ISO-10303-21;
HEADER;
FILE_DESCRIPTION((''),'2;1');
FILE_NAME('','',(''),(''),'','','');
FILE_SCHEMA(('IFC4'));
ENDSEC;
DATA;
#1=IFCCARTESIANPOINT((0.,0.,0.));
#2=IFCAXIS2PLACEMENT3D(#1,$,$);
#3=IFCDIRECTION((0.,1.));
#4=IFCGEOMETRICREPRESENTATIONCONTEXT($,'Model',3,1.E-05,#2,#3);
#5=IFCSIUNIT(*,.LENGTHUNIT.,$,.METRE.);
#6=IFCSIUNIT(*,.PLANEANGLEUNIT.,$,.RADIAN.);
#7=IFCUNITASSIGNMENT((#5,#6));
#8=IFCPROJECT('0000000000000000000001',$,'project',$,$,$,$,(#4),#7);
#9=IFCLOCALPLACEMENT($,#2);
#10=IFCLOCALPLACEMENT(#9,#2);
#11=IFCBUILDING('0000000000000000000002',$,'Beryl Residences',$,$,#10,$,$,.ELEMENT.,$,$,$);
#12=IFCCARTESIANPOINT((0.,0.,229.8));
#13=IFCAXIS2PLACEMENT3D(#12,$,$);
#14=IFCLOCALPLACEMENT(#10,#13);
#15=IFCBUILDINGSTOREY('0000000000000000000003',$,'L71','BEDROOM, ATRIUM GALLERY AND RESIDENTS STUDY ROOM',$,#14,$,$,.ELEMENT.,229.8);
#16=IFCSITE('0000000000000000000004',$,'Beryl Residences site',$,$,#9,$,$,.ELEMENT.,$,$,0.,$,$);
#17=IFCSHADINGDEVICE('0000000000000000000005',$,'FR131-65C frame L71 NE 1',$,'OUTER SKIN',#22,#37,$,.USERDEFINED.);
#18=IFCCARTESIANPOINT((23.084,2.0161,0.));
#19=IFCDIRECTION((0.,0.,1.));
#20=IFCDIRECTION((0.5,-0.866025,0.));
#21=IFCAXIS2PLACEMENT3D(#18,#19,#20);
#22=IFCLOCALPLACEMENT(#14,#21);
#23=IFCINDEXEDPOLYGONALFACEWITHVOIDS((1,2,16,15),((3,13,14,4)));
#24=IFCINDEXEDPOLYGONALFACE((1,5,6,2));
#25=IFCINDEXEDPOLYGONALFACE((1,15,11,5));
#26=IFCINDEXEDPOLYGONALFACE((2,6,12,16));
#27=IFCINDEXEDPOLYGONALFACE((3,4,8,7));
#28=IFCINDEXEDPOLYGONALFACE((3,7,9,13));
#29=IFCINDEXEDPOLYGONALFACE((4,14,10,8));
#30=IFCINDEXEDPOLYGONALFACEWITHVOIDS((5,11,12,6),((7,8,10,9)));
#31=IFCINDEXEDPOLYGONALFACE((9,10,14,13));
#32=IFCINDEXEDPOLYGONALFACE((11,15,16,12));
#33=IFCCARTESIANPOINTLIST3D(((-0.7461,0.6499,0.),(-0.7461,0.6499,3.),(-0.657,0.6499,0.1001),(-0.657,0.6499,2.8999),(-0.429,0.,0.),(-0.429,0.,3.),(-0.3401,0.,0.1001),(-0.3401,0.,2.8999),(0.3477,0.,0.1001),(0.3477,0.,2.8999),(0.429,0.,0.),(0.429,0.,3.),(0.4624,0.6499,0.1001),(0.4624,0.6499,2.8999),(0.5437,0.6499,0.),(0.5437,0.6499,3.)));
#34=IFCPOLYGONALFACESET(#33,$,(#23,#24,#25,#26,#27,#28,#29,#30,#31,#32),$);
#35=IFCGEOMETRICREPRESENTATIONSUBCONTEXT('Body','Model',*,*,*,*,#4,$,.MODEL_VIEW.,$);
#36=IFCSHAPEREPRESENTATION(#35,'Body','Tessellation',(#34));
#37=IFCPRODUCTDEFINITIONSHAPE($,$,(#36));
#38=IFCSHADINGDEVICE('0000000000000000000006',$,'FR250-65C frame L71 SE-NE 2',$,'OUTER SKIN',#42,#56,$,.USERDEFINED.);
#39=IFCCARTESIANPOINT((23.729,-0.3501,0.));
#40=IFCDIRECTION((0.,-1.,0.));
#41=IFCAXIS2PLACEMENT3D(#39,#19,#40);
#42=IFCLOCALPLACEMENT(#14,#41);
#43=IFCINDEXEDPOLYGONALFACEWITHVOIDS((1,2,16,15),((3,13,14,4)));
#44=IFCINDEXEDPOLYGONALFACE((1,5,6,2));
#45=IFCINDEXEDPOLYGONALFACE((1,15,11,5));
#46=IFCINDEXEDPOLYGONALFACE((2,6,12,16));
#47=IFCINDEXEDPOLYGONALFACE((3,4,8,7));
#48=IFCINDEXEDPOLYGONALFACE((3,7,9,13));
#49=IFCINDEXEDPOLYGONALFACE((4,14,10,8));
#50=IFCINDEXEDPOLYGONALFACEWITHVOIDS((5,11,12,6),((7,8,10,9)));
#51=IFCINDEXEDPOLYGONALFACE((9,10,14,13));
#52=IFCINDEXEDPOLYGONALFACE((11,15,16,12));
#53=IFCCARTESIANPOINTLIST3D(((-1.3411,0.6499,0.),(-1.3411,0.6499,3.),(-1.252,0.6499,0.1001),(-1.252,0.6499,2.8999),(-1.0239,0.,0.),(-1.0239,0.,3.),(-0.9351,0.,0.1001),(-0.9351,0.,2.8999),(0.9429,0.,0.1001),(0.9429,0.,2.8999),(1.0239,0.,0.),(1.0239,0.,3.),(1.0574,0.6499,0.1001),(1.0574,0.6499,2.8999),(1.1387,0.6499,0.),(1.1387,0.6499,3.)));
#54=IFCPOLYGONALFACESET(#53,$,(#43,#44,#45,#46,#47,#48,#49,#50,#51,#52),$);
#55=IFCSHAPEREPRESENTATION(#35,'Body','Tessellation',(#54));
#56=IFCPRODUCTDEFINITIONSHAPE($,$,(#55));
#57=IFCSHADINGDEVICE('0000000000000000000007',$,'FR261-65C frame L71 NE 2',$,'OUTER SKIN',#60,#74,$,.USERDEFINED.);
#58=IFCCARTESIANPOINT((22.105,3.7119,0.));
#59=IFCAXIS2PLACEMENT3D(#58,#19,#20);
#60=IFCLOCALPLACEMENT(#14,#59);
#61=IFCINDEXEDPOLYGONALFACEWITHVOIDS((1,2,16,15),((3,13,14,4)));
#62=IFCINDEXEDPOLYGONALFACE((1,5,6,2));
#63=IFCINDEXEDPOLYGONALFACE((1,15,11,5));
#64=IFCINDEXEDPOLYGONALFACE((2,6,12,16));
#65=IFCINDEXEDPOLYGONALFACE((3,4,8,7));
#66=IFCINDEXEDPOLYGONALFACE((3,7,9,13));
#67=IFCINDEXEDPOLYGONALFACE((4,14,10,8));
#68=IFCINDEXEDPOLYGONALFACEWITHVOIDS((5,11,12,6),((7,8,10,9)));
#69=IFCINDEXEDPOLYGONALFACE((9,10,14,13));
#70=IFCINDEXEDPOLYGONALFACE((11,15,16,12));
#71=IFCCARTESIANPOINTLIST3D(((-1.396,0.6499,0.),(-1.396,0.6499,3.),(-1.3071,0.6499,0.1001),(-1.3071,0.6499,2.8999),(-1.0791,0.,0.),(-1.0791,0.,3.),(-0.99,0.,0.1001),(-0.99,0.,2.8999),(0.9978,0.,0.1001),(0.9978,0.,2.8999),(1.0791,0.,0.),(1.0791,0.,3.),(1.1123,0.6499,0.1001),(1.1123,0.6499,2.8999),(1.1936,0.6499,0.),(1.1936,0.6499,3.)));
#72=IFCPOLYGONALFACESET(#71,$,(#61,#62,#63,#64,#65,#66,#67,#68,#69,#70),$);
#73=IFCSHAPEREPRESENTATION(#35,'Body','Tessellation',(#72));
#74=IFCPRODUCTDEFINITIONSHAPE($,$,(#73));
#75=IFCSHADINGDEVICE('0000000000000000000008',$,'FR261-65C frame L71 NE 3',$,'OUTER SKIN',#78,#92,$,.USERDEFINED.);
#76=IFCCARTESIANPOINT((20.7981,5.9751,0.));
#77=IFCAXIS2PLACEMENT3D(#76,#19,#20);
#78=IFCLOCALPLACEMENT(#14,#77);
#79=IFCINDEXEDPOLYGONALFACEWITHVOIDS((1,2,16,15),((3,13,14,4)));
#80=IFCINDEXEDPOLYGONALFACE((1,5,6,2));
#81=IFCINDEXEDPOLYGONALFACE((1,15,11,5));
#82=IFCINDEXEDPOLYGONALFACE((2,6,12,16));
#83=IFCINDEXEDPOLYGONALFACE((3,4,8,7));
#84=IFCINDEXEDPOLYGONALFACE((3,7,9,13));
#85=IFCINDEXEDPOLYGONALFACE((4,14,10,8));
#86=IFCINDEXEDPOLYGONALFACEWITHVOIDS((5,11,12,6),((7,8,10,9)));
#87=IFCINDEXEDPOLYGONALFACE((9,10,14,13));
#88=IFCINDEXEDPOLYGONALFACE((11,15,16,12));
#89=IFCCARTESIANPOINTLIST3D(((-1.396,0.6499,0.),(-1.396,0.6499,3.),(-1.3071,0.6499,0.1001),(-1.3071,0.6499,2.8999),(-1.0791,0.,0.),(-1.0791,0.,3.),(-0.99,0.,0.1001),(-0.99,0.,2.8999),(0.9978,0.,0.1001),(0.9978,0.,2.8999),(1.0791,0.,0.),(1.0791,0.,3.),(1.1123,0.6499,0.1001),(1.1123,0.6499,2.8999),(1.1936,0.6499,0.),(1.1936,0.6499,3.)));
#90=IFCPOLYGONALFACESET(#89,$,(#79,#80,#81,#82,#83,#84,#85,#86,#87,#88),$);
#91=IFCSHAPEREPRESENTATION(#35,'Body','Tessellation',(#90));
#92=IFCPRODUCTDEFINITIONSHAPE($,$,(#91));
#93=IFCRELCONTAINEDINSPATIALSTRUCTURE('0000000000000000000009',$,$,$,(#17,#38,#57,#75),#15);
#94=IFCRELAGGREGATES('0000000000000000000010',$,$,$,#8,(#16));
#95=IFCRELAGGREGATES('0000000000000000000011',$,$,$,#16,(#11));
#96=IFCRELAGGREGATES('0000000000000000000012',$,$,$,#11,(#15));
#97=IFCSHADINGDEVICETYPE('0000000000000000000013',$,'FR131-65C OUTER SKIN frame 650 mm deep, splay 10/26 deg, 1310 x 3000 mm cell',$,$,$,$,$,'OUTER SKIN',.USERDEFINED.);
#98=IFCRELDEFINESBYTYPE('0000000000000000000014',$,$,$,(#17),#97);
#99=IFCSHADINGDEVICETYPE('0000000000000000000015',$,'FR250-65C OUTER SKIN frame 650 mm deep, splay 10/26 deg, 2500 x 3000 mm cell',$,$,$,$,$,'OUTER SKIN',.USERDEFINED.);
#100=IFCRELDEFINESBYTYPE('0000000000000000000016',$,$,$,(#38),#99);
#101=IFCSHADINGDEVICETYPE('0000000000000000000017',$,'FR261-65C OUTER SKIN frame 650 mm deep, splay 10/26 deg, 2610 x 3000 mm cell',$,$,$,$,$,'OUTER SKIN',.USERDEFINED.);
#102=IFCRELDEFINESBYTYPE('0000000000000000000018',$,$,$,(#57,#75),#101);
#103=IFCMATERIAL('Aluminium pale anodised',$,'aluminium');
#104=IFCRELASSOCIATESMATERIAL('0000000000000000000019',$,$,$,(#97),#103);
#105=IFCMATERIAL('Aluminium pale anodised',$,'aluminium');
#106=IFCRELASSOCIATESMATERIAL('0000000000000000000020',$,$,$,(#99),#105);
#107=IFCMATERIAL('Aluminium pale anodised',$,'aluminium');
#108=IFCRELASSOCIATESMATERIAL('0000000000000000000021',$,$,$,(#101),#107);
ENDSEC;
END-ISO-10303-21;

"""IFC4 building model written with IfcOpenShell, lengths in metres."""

from ifc_helpers import new_model, entity, si_unit, direction, frame, origin, place, context, subcontext, project, spatial, source, transform, mapped, material, type_object, type_shapes, element, save


model = new_model("IFC4")

# Units and contexts
model_context = context("Model", 3, precision=1e-05, world=origin(), true_north=direction((0.0, 1.0)))
body_context = subcontext(model_context, "Body", "Model", "MODEL_VIEW")
ifc_project = project(units=[si_unit("LENGTHUNIT", "METRE"), si_unit("PLANEANGLEUNIT", "RADIAN")], contexts=[model_context])

# Site, building, storey
site_placement = place(None, origin())
site = spatial("IfcSite", under=ifc_project, at=site_placement, Name="Beryl Residences site", CompositionType="ELEMENT", RefElevation=0.0)
building_placement = place(site_placement, origin())
building = spatial("IfcBuilding", under=site, at=building_placement, Name="Beryl Residences", CompositionType="ELEMENT")
storey_placement = place(building_placement, frame((0.0, 0.0, 229.8)))
storey = spatial("IfcBuildingStorey", under=building, at=storey_placement, Name="L71", Description="BEDROOM, ATRIUM GALLERY AND RESIDENTS STUDY ROOM", CompositionType="ELEMENT", Elevation=229.8)

# Shading devices
ifc_material_1 = material(Name="Aluminium pale anodised", Category="aluminium")
shading_device_type_1 = type_object("IfcShadingDeviceType", Name="FR131-65C OUTER SKIN frame 650 mm deep, splay 10/26 deg, 1310 x 3000 mm cell", ElementType="OUTER SKIN", PredefinedType="USERDEFINED", material=ifc_material_1)
cartesian_point_1 = entity("IfcCartesianPoint", [-0.429, 0.0])
cartesian_point_2 = entity("IfcCartesianPoint", [-0.3477, 0.1001])
cartesian_point_3 = entity("IfcCartesianPoint", [-0.5437, 0.0])
cartesian_point_4 = entity("IfcCartesianPoint", [-0.4624, 0.1001])
shared_shape_1 = source(origin(), body_context, "Body", "SweptSolid", [
    entity("IfcExtrudedAreaSolidTapered", entity("IfcArbitraryProfileDefWithVoids", "AREA", None, entity("IfcPolyline", [cartesian_point_1, entity("IfcCartesianPoint", [0.429, 0.0]), entity("IfcCartesianPoint", [0.429, 3.0]), entity("IfcCartesianPoint", [-0.429, 3.0]), cartesian_point_1]), [entity("IfcPolyline", [cartesian_point_2, entity("IfcCartesianPoint", [0.3401, 0.1001]), entity("IfcCartesianPoint", [0.3401, 2.8999]), entity("IfcCartesianPoint", [-0.3477, 2.8999]), cartesian_point_2])]), entity("IfcAxis2Placement3D", entity("IfcCartesianPoint", [0.0, 0.0, 0.0]), entity("IfcDirection", [0.0, 1.0, 0.0]), entity("IfcDirection", [-1.0, 0.0, 0.0])), entity("IfcDirection", [0.0, 0.0, 1.0]), 0.6499, entity("IfcArbitraryProfileDefWithVoids", "AREA", None, entity("IfcPolyline", [cartesian_point_3, entity("IfcCartesianPoint", [0.7461, 0.0]), entity("IfcCartesianPoint", [0.7461, 3.0]), entity("IfcCartesianPoint", [-0.5437, 3.0]), cartesian_point_3]), [entity("IfcPolyline", [cartesian_point_4, entity("IfcCartesianPoint", [0.657, 0.1001]), entity("IfcCartesianPoint", [0.657, 2.8999]), entity("IfcCartesianPoint", [-0.4624, 2.8999]), cartesian_point_4])])),
])
type_shapes(shading_device_type_1, [shared_shape_1])
shading_device_1_placement = place(storey_placement, frame((23.084, 2.0161, 0.0), z_axis=(0.0, 0.0, 1.0), x_axis=(0.5, -0.866025, 0.0)))
element("IfcShadingDevice", 1, at=shading_device_1_placement, inside=storey, type_object=shading_device_type_1, Name="FR131-65C frame L71 NE 1", ObjectType="OUTER SKIN", PredefinedType="USERDEFINED", context=body_context, shape_type="MappedRepresentation", body=[
    mapped(shared_shape_1, transform((0.0, 0.0, 0.0))),
])
ifc_material_2 = material(Name="Aluminium pale anodised", Category="aluminium")
shading_device_type_2 = type_object("IfcShadingDeviceType", Name="FR250-65C OUTER SKIN frame 650 mm deep, splay 10/26 deg, 2500 x 3000 mm cell", ElementType="OUTER SKIN", PredefinedType="USERDEFINED", material=ifc_material_2)
cartesian_point_5 = entity("IfcCartesianPoint", [-1.0239, 0.0])
cartesian_point_6 = entity("IfcCartesianPoint", [-0.9429, 0.1001])
cartesian_point_7 = entity("IfcCartesianPoint", [-1.1387, 0.0])
cartesian_point_8 = entity("IfcCartesianPoint", [-1.0574, 0.1001])
shared_shape_2 = source(origin(), body_context, "Body", "SweptSolid", [
    entity("IfcExtrudedAreaSolidTapered", entity("IfcArbitraryProfileDefWithVoids", "AREA", None, entity("IfcPolyline", [cartesian_point_5, entity("IfcCartesianPoint", [1.0239, 0.0]), entity("IfcCartesianPoint", [1.0239, 3.0]), entity("IfcCartesianPoint", [-1.0239, 3.0]), cartesian_point_5]), [entity("IfcPolyline", [cartesian_point_6, entity("IfcCartesianPoint", [0.9351, 0.1001]), entity("IfcCartesianPoint", [0.9351, 2.8999]), entity("IfcCartesianPoint", [-0.9429, 2.8999]), cartesian_point_6])]), entity("IfcAxis2Placement3D", entity("IfcCartesianPoint", [0.0, 0.0, 0.0]), entity("IfcDirection", [0.0, 1.0, 0.0]), entity("IfcDirection", [-1.0, 0.0, 0.0])), entity("IfcDirection", [0.0, 0.0, 1.0]), 0.6499, entity("IfcArbitraryProfileDefWithVoids", "AREA", None, entity("IfcPolyline", [cartesian_point_7, entity("IfcCartesianPoint", [1.3411, 0.0]), entity("IfcCartesianPoint", [1.3411, 3.0]), entity("IfcCartesianPoint", [-1.1387, 3.0]), cartesian_point_7]), [entity("IfcPolyline", [cartesian_point_8, entity("IfcCartesianPoint", [1.252, 0.1001]), entity("IfcCartesianPoint", [1.252, 2.8999]), entity("IfcCartesianPoint", [-1.0574, 2.8999]), cartesian_point_8])])),
])
type_shapes(shading_device_type_2, [shared_shape_2])
shading_device_2_placement = place(storey_placement, frame((23.729, -0.3501, 0.0), z_axis=(0.0, 0.0, 1.0), x_axis=(0.0, -1.0, 0.0)))
element("IfcShadingDevice", 2, at=shading_device_2_placement, inside=storey, type_object=shading_device_type_2, Name="FR250-65C frame L71 SE-NE 2", ObjectType="OUTER SKIN", PredefinedType="USERDEFINED", context=body_context, shape_type="MappedRepresentation", body=[
    mapped(shared_shape_2, transform((0.0, 0.0, 0.0))),
])
ifc_material_3 = material(Name="Aluminium pale anodised", Category="aluminium")
shading_device_type_3 = type_object("IfcShadingDeviceType", Name="FR261-65C OUTER SKIN frame 650 mm deep, splay 10/26 deg, 2610 x 3000 mm cell", ElementType="OUTER SKIN", PredefinedType="USERDEFINED", material=ifc_material_3)
cartesian_point_9 = entity("IfcCartesianPoint", [-1.0791, 0.0])
cartesian_point_10 = entity("IfcCartesianPoint", [-0.9978, 0.1001])
cartesian_point_11 = entity("IfcCartesianPoint", [-1.1936, 0.0])
cartesian_point_12 = entity("IfcCartesianPoint", [-1.1123, 0.1001])
shared_shape_3 = source(origin(), body_context, "Body", "SweptSolid", [
    entity("IfcExtrudedAreaSolidTapered", entity("IfcArbitraryProfileDefWithVoids", "AREA", None, entity("IfcPolyline", [cartesian_point_9, entity("IfcCartesianPoint", [1.0791, 0.0]), entity("IfcCartesianPoint", [1.0791, 3.0]), entity("IfcCartesianPoint", [-1.0791, 3.0]), cartesian_point_9]), [entity("IfcPolyline", [cartesian_point_10, entity("IfcCartesianPoint", [0.99, 0.1001]), entity("IfcCartesianPoint", [0.99, 2.8999]), entity("IfcCartesianPoint", [-0.9978, 2.8999]), cartesian_point_10])]), entity("IfcAxis2Placement3D", entity("IfcCartesianPoint", [0.0, 0.0, 0.0]), entity("IfcDirection", [0.0, 1.0, 0.0]), entity("IfcDirection", [-1.0, 0.0, 0.0])), entity("IfcDirection", [0.0, 0.0, 1.0]), 0.6499, entity("IfcArbitraryProfileDefWithVoids", "AREA", None, entity("IfcPolyline", [cartesian_point_11, entity("IfcCartesianPoint", [1.396, 0.0]), entity("IfcCartesianPoint", [1.396, 3.0]), entity("IfcCartesianPoint", [-1.1936, 3.0]), cartesian_point_11]), [entity("IfcPolyline", [cartesian_point_12, entity("IfcCartesianPoint", [1.3071, 0.1001]), entity("IfcCartesianPoint", [1.3071, 2.8999]), entity("IfcCartesianPoint", [-1.1123, 2.8999]), cartesian_point_12])])),
])
type_shapes(shading_device_type_3, [shared_shape_3])
for number, where, z_axis, x_axis, name in (
    (3, (22.105, 3.7119, 0.0), (0.0, 0.0, 1.0), (0.5, -0.866025, 0.0), "FR261-65C frame L71 NE 2"),
    (4, (20.7981, 5.9751, 0.0), (0.0, 0.0, 1.0), (0.5, -0.866025, 0.0), "FR261-65C frame L71 NE 3"),
):
    element("IfcShadingDevice", number, at=place(storey_placement, frame(where, z_axis=z_axis, x_axis=x_axis)), inside=storey, type_object=shading_device_type_3, Name=name, ObjectType="OUTER SKIN", PredefinedType="USERDEFINED", context=body_context, shape_type="MappedRepresentation", body=[
        mapped(shared_shape_3, transform((0.0, 0.0, 0.0))),
    ])

save(model, "model.ifc")
